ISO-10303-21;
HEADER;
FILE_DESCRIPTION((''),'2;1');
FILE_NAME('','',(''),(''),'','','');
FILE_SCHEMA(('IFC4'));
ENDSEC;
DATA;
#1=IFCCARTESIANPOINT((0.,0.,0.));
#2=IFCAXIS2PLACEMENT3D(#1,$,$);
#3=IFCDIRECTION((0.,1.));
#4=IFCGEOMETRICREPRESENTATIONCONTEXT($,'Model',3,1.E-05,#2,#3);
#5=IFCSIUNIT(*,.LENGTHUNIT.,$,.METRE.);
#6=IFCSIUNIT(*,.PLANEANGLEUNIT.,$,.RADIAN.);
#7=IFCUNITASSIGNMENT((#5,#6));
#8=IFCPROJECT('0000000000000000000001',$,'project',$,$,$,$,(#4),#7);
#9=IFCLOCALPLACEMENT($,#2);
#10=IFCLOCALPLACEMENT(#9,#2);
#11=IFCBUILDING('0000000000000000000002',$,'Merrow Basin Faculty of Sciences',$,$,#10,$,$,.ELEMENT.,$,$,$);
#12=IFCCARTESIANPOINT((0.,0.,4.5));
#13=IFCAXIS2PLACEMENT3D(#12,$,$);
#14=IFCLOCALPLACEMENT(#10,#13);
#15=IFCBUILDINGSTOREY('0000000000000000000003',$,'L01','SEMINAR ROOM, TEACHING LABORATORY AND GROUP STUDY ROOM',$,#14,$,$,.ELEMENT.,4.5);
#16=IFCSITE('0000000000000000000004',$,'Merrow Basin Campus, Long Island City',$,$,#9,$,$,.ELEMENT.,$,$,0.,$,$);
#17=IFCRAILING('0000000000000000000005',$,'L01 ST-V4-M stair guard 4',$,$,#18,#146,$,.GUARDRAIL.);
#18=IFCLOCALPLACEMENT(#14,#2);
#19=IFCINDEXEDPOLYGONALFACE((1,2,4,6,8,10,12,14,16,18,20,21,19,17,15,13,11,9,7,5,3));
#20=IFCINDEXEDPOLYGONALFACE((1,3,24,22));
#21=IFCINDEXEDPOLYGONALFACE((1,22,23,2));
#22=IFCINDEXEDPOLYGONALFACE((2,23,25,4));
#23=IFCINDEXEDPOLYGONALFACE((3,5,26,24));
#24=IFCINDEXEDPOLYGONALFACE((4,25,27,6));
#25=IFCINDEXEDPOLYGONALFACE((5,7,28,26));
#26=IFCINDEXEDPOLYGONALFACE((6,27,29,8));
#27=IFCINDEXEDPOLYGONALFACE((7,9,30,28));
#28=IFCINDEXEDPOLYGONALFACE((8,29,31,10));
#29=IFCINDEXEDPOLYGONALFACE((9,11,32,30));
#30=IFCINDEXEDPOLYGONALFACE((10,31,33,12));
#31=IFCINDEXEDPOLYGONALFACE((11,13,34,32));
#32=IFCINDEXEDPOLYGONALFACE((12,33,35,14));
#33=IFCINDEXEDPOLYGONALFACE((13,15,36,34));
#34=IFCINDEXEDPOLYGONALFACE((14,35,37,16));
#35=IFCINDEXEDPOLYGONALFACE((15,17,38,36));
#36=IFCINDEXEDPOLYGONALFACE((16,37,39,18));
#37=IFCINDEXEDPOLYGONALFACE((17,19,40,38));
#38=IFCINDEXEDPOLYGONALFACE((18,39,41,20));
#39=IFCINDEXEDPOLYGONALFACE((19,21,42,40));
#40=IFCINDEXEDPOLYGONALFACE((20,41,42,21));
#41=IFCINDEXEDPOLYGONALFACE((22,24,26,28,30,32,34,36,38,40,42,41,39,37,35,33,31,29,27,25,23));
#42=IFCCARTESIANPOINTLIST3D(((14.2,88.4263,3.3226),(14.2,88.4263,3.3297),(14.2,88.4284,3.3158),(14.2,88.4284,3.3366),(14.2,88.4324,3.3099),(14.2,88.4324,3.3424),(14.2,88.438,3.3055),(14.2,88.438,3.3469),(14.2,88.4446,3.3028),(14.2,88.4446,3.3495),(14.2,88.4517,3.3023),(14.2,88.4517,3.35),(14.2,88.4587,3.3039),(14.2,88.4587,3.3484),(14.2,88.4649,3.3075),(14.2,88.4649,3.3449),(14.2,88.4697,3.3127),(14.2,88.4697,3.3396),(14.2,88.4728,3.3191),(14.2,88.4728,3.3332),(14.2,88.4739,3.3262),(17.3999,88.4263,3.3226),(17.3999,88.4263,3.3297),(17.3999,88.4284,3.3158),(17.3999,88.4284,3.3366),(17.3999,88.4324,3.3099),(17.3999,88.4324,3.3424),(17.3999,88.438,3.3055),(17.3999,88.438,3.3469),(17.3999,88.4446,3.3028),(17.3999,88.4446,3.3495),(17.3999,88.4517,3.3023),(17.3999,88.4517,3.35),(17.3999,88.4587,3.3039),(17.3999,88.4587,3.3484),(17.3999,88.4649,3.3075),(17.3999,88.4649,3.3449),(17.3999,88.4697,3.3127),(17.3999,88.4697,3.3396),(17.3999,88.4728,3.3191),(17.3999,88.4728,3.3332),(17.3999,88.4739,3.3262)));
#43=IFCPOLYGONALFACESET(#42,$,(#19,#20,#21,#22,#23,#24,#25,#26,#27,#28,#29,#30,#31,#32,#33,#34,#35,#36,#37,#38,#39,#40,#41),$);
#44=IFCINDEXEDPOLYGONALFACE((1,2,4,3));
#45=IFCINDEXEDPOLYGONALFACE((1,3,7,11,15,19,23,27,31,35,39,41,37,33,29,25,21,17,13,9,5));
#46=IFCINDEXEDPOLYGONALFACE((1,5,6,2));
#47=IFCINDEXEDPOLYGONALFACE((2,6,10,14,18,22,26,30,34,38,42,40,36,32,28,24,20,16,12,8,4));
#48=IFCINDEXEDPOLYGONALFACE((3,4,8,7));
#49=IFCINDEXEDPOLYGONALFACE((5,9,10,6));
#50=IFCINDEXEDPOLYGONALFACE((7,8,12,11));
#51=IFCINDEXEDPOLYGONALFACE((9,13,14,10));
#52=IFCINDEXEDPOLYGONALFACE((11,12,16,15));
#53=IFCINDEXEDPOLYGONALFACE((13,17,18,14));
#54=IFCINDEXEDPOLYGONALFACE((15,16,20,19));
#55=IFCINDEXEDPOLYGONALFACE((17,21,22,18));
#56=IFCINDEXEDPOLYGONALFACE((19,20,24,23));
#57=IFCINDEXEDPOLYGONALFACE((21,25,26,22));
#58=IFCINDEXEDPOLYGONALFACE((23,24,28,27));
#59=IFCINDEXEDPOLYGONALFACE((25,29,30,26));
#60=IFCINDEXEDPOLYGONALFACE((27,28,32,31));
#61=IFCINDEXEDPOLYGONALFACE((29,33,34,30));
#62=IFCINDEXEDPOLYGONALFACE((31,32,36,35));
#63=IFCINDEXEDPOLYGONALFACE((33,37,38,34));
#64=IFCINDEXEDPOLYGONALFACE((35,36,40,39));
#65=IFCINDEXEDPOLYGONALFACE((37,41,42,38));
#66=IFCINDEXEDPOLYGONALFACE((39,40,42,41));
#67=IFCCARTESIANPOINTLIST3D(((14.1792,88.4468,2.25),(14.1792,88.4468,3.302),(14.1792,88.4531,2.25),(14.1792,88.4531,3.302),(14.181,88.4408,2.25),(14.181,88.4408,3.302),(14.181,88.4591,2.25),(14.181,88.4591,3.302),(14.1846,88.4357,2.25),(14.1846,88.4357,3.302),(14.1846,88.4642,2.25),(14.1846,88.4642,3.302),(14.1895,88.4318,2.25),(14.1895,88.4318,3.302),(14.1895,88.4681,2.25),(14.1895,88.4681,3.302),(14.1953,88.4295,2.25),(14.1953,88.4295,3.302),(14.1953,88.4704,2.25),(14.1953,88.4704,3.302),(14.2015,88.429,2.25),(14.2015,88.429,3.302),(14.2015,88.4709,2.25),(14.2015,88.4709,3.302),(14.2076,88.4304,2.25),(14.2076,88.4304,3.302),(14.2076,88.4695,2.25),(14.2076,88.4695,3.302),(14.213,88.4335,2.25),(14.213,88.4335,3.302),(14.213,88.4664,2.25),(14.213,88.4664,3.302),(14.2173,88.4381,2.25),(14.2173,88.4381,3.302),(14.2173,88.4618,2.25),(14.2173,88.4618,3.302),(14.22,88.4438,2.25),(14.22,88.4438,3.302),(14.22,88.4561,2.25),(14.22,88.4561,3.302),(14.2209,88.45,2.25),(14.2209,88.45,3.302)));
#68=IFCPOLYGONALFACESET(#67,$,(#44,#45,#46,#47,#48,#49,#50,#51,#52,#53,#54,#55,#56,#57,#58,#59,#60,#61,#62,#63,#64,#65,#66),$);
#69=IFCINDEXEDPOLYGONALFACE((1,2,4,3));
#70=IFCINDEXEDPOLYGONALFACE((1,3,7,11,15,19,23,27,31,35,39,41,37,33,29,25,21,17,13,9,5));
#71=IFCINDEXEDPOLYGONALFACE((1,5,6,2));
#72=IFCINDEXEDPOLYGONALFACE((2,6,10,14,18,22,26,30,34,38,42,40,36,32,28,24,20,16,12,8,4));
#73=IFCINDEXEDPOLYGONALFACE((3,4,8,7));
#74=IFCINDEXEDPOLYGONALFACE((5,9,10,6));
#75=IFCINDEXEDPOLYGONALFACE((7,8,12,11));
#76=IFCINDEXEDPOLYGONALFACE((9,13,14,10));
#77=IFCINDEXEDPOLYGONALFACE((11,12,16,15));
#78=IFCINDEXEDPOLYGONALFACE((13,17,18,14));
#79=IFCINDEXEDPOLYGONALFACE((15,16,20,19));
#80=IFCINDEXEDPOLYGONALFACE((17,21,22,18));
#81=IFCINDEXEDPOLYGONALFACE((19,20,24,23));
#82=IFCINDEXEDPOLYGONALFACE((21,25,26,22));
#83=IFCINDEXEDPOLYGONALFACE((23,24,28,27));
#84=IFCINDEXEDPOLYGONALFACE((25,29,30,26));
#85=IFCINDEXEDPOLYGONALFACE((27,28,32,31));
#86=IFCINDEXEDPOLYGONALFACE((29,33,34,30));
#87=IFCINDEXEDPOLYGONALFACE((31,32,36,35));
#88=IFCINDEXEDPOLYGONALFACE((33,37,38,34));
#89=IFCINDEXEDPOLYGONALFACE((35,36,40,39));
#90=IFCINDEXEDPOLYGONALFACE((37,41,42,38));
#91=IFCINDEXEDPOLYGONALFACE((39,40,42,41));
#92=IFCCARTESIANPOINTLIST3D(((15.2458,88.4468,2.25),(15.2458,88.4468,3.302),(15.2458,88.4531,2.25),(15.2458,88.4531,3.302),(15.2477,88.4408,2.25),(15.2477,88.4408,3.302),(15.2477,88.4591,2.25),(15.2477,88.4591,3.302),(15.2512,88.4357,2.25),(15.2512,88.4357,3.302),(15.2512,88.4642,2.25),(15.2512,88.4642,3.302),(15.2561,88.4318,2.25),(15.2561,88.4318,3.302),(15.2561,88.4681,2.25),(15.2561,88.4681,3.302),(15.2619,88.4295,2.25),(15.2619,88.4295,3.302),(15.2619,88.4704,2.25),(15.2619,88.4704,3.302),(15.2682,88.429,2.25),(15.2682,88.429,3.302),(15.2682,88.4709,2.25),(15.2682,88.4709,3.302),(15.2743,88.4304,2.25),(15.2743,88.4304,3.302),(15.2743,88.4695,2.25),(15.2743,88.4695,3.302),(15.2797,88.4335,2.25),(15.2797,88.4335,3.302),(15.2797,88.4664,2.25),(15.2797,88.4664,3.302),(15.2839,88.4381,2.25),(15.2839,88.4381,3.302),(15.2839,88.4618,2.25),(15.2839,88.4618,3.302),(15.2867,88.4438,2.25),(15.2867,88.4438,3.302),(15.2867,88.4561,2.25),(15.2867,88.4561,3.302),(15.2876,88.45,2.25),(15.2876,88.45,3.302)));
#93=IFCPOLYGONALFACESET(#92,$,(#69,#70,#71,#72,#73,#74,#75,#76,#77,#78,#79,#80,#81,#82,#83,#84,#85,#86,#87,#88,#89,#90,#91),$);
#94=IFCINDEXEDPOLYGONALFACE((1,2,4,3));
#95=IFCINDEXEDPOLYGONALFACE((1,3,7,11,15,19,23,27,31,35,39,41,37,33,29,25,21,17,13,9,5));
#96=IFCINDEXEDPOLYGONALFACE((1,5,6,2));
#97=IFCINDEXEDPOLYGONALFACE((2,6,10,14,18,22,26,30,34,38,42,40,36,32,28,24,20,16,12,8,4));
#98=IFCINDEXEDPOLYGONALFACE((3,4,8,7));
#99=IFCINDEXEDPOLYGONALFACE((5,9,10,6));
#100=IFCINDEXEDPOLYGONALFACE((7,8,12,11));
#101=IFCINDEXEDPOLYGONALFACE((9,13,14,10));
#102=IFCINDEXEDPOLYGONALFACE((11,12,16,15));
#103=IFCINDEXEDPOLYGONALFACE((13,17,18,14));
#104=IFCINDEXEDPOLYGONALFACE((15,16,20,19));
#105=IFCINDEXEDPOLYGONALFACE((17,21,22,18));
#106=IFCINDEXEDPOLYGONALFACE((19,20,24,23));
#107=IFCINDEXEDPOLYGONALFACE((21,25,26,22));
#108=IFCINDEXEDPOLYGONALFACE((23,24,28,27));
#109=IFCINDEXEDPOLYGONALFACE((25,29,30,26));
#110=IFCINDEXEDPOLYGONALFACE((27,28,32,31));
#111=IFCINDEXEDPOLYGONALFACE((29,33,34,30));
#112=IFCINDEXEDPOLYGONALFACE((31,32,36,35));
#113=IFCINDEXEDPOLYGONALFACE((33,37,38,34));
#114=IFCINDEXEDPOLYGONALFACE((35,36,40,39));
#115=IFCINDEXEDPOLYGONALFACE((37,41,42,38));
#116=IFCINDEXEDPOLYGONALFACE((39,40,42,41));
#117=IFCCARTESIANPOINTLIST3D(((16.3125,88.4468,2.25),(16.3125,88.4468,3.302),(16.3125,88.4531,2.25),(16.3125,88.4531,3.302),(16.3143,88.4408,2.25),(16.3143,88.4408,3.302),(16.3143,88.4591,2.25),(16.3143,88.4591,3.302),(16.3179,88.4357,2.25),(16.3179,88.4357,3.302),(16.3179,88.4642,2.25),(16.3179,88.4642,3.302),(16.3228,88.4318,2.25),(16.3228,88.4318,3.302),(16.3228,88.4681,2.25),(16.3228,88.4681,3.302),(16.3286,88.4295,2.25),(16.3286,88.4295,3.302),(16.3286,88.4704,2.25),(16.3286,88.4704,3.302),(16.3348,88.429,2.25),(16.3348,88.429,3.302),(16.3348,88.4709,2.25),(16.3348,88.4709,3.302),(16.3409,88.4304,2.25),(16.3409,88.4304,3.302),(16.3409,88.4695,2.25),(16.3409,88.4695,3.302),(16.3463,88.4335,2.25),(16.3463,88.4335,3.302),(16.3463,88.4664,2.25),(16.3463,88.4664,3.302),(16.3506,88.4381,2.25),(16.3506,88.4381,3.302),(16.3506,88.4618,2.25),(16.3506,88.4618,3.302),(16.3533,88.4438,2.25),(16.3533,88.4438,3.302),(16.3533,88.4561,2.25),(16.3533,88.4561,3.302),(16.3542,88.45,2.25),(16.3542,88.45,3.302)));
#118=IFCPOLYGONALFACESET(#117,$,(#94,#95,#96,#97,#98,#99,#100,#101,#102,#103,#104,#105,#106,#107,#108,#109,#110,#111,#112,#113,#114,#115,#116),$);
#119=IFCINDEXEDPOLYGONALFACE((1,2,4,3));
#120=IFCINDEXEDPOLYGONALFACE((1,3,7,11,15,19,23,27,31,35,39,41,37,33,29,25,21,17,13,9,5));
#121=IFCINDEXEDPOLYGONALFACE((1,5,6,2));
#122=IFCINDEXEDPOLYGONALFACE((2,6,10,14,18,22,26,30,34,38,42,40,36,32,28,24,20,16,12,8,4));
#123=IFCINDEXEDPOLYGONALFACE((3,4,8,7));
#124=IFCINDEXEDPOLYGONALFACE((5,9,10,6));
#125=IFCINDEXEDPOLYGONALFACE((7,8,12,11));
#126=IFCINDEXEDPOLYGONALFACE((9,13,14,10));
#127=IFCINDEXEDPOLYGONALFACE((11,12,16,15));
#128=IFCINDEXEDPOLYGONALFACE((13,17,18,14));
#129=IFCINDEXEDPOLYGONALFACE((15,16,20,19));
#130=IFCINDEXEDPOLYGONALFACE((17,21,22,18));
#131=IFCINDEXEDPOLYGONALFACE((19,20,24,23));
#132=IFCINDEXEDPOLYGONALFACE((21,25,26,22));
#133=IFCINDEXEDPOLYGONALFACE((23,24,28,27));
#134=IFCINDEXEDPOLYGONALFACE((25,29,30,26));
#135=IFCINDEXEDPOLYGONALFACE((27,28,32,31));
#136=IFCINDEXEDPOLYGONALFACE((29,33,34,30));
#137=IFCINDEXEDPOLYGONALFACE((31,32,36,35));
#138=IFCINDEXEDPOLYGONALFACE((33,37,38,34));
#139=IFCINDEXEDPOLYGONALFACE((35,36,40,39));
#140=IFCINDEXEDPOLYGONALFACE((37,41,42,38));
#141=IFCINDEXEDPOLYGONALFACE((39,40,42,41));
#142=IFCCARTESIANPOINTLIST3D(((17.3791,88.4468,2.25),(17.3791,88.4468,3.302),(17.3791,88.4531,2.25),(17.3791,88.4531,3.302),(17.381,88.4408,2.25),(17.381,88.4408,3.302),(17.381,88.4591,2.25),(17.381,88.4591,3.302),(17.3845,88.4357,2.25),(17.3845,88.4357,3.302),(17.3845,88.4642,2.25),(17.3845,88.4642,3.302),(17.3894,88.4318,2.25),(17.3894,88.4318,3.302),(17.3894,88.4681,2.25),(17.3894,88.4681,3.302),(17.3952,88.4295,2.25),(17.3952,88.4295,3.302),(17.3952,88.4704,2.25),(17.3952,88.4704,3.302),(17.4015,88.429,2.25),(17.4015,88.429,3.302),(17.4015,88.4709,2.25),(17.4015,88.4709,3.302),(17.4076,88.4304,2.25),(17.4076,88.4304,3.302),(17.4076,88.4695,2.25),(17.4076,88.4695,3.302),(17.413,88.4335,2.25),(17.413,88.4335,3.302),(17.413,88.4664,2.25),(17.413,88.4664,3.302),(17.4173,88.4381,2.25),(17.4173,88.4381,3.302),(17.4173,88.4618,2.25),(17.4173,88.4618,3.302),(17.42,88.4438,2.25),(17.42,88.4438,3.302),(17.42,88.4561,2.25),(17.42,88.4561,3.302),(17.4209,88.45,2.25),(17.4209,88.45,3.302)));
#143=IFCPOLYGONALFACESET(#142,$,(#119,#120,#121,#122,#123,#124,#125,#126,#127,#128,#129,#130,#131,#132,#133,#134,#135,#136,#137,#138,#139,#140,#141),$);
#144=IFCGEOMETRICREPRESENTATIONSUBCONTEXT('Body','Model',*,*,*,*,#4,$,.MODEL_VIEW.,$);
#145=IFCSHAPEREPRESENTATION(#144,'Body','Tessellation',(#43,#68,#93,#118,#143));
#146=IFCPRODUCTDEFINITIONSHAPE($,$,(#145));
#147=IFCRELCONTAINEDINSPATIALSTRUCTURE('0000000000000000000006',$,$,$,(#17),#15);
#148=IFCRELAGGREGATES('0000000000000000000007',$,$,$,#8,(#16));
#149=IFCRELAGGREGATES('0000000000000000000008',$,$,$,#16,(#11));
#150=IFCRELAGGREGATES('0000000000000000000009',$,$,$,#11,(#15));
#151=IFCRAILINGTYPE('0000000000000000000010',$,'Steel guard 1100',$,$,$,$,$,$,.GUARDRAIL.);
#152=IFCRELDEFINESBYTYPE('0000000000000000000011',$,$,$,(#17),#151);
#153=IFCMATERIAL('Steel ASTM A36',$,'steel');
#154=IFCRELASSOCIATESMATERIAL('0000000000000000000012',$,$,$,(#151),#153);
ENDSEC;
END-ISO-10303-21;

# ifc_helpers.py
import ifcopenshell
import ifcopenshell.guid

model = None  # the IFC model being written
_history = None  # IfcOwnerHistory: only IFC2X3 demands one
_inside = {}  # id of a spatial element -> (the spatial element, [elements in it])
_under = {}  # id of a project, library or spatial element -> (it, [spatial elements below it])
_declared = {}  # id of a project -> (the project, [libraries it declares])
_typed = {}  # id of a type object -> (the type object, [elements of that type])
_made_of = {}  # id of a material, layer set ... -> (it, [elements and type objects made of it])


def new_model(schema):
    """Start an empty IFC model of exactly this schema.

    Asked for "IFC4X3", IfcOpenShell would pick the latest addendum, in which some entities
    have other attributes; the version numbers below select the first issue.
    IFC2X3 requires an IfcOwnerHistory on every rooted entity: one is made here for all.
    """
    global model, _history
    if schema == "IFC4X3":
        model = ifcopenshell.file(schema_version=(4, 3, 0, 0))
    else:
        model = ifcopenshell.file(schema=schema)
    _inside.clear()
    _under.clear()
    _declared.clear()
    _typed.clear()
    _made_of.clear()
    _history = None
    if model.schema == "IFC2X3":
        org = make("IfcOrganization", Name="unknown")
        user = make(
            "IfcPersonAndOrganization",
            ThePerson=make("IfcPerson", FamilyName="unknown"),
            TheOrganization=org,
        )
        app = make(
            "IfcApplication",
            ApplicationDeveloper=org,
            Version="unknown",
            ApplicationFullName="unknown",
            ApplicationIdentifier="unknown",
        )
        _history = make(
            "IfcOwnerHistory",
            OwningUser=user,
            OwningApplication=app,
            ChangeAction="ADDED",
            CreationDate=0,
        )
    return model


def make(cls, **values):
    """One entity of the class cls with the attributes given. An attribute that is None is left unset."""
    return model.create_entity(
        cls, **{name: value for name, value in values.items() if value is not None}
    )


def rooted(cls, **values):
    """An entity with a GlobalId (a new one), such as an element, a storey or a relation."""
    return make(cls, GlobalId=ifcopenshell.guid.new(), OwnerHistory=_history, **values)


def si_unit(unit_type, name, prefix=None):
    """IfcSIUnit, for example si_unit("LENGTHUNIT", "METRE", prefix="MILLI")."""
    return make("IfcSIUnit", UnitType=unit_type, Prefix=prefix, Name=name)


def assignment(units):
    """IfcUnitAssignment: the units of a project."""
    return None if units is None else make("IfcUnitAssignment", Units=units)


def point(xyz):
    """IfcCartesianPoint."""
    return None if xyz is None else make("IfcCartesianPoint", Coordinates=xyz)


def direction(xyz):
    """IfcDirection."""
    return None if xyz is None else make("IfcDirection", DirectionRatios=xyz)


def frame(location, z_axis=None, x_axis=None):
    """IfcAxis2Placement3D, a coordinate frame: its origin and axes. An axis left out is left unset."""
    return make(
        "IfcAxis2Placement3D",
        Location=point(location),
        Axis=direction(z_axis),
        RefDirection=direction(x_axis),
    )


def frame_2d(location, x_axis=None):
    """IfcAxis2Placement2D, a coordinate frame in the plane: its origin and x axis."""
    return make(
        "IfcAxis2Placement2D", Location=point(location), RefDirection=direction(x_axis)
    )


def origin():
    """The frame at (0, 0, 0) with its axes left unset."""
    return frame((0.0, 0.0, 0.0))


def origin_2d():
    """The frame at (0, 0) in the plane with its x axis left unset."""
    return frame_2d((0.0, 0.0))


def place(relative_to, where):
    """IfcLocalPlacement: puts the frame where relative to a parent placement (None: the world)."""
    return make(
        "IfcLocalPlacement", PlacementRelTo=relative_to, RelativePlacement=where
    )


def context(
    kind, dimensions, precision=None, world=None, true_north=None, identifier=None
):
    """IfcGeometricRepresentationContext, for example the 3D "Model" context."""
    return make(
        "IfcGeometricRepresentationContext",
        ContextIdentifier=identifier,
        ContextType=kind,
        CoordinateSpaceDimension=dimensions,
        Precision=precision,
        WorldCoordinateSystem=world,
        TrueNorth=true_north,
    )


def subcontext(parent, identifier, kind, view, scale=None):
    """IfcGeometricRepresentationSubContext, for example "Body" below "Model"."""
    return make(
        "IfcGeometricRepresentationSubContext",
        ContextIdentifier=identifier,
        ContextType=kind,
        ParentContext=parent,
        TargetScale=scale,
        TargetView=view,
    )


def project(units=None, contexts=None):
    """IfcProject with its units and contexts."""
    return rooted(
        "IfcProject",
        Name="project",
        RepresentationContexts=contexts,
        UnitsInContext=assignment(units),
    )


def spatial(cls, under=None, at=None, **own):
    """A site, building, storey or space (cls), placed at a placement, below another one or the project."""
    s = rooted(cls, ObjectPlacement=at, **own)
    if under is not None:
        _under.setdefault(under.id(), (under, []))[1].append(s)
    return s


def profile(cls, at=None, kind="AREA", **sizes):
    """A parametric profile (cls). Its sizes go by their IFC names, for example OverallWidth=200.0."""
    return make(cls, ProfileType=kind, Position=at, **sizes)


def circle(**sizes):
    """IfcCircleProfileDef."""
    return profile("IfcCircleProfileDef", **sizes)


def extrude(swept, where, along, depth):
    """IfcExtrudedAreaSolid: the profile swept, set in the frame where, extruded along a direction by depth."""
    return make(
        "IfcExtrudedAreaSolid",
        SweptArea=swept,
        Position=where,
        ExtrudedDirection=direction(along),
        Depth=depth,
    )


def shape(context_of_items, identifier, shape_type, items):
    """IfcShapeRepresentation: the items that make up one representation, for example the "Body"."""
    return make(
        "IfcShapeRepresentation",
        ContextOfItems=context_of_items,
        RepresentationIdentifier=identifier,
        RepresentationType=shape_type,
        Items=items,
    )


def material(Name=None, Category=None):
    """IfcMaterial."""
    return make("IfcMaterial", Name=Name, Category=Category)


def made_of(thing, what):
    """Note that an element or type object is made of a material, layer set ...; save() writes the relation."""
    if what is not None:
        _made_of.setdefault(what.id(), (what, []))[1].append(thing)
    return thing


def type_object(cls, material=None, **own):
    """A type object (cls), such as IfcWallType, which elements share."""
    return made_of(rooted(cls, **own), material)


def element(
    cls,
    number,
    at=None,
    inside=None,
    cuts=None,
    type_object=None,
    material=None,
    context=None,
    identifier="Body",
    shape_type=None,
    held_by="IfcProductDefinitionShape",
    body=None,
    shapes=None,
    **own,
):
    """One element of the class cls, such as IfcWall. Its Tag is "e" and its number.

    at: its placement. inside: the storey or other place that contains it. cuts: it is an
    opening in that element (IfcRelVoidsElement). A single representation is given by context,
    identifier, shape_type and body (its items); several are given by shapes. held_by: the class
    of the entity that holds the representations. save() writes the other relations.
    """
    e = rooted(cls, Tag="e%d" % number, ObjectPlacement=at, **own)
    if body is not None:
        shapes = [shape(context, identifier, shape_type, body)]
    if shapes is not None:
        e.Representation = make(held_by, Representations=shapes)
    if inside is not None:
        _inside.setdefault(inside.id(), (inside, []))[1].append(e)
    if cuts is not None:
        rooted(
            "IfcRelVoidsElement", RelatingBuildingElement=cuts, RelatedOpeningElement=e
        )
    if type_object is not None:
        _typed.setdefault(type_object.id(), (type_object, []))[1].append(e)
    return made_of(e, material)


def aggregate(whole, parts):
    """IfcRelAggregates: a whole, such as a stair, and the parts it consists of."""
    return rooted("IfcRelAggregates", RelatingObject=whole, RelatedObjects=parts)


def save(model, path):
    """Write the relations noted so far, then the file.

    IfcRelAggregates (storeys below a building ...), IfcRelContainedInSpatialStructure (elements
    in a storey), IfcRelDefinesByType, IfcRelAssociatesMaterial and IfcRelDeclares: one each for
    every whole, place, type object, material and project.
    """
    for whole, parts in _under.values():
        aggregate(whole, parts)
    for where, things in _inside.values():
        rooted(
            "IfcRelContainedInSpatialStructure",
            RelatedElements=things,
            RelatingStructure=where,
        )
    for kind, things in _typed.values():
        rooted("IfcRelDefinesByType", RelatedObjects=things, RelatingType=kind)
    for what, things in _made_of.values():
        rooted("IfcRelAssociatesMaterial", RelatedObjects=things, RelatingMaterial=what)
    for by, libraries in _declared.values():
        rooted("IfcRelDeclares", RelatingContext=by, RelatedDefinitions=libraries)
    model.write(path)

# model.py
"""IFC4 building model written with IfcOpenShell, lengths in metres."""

from ifc_helpers import new_model, si_unit, direction, frame, origin, origin_2d, place, context, subcontext, project, spatial, circle, extrude, material, type_object, element, save


model = new_model("IFC4")

# Units and contexts
model_context = context("Model", 3, precision=1e-05, world=origin(), true_north=direction((0.0, 1.0)))
body_context = subcontext(model_context, "Body", "Model", "MODEL_VIEW")
ifc_project = project(units=[si_unit("LENGTHUNIT", "METRE"), si_unit("PLANEANGLEUNIT", "RADIAN")], contexts=[model_context])

# Site, building, storey
site_placement = place(None, origin())
site = spatial("IfcSite", under=ifc_project, at=site_placement, Name="Merrow Basin Campus, Long Island City", CompositionType="ELEMENT", RefElevation=0.0)
building_placement = place(site_placement, origin())
building = spatial("IfcBuilding", under=site, at=building_placement, Name="Merrow Basin Faculty of Sciences", CompositionType="ELEMENT")
storey_placement = place(building_placement, frame((0.0, 0.0, 4.5)))
storey = spatial("IfcBuildingStorey", under=building, at=storey_placement, Name="L01", Description="SEMINAR ROOM, TEACHING LABORATORY AND GROUP STUDY ROOM", CompositionType="ELEMENT", Elevation=4.5)

# Railing
ifc_material_1 = material(Name="Steel ASTM A36", Category="steel")
railing_type_1 = type_object("IfcRailingType", Name="Steel guard 1100", PredefinedType="GUARDRAIL", material=ifc_material_1)
railing_1_placement = place(storey_placement, frame((14.2, 88.45, 2.25)))
element("IfcRailing", 1, at=railing_1_placement, inside=storey, type_object=railing_type_1, Name="L01 ST-V4-M stair guard 4", PredefinedType="GUARDRAIL", context=body_context, shape_type="SweptSolid", body=[
    extrude(circle(Radius=0.0239, at=origin_2d()), frame((0.0, 0.0, 1.0762), z_axis=(1.0, 0.0, 0.0), x_axis=(0.0, 1.0, 0.0)), (0.0, 0.0, 1.0), 3.2),
    extrude(circle(Radius=0.021, at=origin_2d()), origin(), (0.0, 0.0, 1.0), 1.052),
    extrude(circle(Radius=0.021, at=origin_2d()), frame((1.0667, 0.0, 0.0)), (0.0, 0.0, 1.0), 1.052),
    extrude(circle(Radius=0.021, at=origin_2d()), frame((2.1333, 0.0, 0.0)), (0.0, 0.0, 1.0), 1.052),
    extrude(circle(Radius=0.021, at=origin_2d()), frame((3.2, 0.0, 0.0)), (0.0, 0.0, 1.0), 1.052),
])

save(model, "model.ifc")
